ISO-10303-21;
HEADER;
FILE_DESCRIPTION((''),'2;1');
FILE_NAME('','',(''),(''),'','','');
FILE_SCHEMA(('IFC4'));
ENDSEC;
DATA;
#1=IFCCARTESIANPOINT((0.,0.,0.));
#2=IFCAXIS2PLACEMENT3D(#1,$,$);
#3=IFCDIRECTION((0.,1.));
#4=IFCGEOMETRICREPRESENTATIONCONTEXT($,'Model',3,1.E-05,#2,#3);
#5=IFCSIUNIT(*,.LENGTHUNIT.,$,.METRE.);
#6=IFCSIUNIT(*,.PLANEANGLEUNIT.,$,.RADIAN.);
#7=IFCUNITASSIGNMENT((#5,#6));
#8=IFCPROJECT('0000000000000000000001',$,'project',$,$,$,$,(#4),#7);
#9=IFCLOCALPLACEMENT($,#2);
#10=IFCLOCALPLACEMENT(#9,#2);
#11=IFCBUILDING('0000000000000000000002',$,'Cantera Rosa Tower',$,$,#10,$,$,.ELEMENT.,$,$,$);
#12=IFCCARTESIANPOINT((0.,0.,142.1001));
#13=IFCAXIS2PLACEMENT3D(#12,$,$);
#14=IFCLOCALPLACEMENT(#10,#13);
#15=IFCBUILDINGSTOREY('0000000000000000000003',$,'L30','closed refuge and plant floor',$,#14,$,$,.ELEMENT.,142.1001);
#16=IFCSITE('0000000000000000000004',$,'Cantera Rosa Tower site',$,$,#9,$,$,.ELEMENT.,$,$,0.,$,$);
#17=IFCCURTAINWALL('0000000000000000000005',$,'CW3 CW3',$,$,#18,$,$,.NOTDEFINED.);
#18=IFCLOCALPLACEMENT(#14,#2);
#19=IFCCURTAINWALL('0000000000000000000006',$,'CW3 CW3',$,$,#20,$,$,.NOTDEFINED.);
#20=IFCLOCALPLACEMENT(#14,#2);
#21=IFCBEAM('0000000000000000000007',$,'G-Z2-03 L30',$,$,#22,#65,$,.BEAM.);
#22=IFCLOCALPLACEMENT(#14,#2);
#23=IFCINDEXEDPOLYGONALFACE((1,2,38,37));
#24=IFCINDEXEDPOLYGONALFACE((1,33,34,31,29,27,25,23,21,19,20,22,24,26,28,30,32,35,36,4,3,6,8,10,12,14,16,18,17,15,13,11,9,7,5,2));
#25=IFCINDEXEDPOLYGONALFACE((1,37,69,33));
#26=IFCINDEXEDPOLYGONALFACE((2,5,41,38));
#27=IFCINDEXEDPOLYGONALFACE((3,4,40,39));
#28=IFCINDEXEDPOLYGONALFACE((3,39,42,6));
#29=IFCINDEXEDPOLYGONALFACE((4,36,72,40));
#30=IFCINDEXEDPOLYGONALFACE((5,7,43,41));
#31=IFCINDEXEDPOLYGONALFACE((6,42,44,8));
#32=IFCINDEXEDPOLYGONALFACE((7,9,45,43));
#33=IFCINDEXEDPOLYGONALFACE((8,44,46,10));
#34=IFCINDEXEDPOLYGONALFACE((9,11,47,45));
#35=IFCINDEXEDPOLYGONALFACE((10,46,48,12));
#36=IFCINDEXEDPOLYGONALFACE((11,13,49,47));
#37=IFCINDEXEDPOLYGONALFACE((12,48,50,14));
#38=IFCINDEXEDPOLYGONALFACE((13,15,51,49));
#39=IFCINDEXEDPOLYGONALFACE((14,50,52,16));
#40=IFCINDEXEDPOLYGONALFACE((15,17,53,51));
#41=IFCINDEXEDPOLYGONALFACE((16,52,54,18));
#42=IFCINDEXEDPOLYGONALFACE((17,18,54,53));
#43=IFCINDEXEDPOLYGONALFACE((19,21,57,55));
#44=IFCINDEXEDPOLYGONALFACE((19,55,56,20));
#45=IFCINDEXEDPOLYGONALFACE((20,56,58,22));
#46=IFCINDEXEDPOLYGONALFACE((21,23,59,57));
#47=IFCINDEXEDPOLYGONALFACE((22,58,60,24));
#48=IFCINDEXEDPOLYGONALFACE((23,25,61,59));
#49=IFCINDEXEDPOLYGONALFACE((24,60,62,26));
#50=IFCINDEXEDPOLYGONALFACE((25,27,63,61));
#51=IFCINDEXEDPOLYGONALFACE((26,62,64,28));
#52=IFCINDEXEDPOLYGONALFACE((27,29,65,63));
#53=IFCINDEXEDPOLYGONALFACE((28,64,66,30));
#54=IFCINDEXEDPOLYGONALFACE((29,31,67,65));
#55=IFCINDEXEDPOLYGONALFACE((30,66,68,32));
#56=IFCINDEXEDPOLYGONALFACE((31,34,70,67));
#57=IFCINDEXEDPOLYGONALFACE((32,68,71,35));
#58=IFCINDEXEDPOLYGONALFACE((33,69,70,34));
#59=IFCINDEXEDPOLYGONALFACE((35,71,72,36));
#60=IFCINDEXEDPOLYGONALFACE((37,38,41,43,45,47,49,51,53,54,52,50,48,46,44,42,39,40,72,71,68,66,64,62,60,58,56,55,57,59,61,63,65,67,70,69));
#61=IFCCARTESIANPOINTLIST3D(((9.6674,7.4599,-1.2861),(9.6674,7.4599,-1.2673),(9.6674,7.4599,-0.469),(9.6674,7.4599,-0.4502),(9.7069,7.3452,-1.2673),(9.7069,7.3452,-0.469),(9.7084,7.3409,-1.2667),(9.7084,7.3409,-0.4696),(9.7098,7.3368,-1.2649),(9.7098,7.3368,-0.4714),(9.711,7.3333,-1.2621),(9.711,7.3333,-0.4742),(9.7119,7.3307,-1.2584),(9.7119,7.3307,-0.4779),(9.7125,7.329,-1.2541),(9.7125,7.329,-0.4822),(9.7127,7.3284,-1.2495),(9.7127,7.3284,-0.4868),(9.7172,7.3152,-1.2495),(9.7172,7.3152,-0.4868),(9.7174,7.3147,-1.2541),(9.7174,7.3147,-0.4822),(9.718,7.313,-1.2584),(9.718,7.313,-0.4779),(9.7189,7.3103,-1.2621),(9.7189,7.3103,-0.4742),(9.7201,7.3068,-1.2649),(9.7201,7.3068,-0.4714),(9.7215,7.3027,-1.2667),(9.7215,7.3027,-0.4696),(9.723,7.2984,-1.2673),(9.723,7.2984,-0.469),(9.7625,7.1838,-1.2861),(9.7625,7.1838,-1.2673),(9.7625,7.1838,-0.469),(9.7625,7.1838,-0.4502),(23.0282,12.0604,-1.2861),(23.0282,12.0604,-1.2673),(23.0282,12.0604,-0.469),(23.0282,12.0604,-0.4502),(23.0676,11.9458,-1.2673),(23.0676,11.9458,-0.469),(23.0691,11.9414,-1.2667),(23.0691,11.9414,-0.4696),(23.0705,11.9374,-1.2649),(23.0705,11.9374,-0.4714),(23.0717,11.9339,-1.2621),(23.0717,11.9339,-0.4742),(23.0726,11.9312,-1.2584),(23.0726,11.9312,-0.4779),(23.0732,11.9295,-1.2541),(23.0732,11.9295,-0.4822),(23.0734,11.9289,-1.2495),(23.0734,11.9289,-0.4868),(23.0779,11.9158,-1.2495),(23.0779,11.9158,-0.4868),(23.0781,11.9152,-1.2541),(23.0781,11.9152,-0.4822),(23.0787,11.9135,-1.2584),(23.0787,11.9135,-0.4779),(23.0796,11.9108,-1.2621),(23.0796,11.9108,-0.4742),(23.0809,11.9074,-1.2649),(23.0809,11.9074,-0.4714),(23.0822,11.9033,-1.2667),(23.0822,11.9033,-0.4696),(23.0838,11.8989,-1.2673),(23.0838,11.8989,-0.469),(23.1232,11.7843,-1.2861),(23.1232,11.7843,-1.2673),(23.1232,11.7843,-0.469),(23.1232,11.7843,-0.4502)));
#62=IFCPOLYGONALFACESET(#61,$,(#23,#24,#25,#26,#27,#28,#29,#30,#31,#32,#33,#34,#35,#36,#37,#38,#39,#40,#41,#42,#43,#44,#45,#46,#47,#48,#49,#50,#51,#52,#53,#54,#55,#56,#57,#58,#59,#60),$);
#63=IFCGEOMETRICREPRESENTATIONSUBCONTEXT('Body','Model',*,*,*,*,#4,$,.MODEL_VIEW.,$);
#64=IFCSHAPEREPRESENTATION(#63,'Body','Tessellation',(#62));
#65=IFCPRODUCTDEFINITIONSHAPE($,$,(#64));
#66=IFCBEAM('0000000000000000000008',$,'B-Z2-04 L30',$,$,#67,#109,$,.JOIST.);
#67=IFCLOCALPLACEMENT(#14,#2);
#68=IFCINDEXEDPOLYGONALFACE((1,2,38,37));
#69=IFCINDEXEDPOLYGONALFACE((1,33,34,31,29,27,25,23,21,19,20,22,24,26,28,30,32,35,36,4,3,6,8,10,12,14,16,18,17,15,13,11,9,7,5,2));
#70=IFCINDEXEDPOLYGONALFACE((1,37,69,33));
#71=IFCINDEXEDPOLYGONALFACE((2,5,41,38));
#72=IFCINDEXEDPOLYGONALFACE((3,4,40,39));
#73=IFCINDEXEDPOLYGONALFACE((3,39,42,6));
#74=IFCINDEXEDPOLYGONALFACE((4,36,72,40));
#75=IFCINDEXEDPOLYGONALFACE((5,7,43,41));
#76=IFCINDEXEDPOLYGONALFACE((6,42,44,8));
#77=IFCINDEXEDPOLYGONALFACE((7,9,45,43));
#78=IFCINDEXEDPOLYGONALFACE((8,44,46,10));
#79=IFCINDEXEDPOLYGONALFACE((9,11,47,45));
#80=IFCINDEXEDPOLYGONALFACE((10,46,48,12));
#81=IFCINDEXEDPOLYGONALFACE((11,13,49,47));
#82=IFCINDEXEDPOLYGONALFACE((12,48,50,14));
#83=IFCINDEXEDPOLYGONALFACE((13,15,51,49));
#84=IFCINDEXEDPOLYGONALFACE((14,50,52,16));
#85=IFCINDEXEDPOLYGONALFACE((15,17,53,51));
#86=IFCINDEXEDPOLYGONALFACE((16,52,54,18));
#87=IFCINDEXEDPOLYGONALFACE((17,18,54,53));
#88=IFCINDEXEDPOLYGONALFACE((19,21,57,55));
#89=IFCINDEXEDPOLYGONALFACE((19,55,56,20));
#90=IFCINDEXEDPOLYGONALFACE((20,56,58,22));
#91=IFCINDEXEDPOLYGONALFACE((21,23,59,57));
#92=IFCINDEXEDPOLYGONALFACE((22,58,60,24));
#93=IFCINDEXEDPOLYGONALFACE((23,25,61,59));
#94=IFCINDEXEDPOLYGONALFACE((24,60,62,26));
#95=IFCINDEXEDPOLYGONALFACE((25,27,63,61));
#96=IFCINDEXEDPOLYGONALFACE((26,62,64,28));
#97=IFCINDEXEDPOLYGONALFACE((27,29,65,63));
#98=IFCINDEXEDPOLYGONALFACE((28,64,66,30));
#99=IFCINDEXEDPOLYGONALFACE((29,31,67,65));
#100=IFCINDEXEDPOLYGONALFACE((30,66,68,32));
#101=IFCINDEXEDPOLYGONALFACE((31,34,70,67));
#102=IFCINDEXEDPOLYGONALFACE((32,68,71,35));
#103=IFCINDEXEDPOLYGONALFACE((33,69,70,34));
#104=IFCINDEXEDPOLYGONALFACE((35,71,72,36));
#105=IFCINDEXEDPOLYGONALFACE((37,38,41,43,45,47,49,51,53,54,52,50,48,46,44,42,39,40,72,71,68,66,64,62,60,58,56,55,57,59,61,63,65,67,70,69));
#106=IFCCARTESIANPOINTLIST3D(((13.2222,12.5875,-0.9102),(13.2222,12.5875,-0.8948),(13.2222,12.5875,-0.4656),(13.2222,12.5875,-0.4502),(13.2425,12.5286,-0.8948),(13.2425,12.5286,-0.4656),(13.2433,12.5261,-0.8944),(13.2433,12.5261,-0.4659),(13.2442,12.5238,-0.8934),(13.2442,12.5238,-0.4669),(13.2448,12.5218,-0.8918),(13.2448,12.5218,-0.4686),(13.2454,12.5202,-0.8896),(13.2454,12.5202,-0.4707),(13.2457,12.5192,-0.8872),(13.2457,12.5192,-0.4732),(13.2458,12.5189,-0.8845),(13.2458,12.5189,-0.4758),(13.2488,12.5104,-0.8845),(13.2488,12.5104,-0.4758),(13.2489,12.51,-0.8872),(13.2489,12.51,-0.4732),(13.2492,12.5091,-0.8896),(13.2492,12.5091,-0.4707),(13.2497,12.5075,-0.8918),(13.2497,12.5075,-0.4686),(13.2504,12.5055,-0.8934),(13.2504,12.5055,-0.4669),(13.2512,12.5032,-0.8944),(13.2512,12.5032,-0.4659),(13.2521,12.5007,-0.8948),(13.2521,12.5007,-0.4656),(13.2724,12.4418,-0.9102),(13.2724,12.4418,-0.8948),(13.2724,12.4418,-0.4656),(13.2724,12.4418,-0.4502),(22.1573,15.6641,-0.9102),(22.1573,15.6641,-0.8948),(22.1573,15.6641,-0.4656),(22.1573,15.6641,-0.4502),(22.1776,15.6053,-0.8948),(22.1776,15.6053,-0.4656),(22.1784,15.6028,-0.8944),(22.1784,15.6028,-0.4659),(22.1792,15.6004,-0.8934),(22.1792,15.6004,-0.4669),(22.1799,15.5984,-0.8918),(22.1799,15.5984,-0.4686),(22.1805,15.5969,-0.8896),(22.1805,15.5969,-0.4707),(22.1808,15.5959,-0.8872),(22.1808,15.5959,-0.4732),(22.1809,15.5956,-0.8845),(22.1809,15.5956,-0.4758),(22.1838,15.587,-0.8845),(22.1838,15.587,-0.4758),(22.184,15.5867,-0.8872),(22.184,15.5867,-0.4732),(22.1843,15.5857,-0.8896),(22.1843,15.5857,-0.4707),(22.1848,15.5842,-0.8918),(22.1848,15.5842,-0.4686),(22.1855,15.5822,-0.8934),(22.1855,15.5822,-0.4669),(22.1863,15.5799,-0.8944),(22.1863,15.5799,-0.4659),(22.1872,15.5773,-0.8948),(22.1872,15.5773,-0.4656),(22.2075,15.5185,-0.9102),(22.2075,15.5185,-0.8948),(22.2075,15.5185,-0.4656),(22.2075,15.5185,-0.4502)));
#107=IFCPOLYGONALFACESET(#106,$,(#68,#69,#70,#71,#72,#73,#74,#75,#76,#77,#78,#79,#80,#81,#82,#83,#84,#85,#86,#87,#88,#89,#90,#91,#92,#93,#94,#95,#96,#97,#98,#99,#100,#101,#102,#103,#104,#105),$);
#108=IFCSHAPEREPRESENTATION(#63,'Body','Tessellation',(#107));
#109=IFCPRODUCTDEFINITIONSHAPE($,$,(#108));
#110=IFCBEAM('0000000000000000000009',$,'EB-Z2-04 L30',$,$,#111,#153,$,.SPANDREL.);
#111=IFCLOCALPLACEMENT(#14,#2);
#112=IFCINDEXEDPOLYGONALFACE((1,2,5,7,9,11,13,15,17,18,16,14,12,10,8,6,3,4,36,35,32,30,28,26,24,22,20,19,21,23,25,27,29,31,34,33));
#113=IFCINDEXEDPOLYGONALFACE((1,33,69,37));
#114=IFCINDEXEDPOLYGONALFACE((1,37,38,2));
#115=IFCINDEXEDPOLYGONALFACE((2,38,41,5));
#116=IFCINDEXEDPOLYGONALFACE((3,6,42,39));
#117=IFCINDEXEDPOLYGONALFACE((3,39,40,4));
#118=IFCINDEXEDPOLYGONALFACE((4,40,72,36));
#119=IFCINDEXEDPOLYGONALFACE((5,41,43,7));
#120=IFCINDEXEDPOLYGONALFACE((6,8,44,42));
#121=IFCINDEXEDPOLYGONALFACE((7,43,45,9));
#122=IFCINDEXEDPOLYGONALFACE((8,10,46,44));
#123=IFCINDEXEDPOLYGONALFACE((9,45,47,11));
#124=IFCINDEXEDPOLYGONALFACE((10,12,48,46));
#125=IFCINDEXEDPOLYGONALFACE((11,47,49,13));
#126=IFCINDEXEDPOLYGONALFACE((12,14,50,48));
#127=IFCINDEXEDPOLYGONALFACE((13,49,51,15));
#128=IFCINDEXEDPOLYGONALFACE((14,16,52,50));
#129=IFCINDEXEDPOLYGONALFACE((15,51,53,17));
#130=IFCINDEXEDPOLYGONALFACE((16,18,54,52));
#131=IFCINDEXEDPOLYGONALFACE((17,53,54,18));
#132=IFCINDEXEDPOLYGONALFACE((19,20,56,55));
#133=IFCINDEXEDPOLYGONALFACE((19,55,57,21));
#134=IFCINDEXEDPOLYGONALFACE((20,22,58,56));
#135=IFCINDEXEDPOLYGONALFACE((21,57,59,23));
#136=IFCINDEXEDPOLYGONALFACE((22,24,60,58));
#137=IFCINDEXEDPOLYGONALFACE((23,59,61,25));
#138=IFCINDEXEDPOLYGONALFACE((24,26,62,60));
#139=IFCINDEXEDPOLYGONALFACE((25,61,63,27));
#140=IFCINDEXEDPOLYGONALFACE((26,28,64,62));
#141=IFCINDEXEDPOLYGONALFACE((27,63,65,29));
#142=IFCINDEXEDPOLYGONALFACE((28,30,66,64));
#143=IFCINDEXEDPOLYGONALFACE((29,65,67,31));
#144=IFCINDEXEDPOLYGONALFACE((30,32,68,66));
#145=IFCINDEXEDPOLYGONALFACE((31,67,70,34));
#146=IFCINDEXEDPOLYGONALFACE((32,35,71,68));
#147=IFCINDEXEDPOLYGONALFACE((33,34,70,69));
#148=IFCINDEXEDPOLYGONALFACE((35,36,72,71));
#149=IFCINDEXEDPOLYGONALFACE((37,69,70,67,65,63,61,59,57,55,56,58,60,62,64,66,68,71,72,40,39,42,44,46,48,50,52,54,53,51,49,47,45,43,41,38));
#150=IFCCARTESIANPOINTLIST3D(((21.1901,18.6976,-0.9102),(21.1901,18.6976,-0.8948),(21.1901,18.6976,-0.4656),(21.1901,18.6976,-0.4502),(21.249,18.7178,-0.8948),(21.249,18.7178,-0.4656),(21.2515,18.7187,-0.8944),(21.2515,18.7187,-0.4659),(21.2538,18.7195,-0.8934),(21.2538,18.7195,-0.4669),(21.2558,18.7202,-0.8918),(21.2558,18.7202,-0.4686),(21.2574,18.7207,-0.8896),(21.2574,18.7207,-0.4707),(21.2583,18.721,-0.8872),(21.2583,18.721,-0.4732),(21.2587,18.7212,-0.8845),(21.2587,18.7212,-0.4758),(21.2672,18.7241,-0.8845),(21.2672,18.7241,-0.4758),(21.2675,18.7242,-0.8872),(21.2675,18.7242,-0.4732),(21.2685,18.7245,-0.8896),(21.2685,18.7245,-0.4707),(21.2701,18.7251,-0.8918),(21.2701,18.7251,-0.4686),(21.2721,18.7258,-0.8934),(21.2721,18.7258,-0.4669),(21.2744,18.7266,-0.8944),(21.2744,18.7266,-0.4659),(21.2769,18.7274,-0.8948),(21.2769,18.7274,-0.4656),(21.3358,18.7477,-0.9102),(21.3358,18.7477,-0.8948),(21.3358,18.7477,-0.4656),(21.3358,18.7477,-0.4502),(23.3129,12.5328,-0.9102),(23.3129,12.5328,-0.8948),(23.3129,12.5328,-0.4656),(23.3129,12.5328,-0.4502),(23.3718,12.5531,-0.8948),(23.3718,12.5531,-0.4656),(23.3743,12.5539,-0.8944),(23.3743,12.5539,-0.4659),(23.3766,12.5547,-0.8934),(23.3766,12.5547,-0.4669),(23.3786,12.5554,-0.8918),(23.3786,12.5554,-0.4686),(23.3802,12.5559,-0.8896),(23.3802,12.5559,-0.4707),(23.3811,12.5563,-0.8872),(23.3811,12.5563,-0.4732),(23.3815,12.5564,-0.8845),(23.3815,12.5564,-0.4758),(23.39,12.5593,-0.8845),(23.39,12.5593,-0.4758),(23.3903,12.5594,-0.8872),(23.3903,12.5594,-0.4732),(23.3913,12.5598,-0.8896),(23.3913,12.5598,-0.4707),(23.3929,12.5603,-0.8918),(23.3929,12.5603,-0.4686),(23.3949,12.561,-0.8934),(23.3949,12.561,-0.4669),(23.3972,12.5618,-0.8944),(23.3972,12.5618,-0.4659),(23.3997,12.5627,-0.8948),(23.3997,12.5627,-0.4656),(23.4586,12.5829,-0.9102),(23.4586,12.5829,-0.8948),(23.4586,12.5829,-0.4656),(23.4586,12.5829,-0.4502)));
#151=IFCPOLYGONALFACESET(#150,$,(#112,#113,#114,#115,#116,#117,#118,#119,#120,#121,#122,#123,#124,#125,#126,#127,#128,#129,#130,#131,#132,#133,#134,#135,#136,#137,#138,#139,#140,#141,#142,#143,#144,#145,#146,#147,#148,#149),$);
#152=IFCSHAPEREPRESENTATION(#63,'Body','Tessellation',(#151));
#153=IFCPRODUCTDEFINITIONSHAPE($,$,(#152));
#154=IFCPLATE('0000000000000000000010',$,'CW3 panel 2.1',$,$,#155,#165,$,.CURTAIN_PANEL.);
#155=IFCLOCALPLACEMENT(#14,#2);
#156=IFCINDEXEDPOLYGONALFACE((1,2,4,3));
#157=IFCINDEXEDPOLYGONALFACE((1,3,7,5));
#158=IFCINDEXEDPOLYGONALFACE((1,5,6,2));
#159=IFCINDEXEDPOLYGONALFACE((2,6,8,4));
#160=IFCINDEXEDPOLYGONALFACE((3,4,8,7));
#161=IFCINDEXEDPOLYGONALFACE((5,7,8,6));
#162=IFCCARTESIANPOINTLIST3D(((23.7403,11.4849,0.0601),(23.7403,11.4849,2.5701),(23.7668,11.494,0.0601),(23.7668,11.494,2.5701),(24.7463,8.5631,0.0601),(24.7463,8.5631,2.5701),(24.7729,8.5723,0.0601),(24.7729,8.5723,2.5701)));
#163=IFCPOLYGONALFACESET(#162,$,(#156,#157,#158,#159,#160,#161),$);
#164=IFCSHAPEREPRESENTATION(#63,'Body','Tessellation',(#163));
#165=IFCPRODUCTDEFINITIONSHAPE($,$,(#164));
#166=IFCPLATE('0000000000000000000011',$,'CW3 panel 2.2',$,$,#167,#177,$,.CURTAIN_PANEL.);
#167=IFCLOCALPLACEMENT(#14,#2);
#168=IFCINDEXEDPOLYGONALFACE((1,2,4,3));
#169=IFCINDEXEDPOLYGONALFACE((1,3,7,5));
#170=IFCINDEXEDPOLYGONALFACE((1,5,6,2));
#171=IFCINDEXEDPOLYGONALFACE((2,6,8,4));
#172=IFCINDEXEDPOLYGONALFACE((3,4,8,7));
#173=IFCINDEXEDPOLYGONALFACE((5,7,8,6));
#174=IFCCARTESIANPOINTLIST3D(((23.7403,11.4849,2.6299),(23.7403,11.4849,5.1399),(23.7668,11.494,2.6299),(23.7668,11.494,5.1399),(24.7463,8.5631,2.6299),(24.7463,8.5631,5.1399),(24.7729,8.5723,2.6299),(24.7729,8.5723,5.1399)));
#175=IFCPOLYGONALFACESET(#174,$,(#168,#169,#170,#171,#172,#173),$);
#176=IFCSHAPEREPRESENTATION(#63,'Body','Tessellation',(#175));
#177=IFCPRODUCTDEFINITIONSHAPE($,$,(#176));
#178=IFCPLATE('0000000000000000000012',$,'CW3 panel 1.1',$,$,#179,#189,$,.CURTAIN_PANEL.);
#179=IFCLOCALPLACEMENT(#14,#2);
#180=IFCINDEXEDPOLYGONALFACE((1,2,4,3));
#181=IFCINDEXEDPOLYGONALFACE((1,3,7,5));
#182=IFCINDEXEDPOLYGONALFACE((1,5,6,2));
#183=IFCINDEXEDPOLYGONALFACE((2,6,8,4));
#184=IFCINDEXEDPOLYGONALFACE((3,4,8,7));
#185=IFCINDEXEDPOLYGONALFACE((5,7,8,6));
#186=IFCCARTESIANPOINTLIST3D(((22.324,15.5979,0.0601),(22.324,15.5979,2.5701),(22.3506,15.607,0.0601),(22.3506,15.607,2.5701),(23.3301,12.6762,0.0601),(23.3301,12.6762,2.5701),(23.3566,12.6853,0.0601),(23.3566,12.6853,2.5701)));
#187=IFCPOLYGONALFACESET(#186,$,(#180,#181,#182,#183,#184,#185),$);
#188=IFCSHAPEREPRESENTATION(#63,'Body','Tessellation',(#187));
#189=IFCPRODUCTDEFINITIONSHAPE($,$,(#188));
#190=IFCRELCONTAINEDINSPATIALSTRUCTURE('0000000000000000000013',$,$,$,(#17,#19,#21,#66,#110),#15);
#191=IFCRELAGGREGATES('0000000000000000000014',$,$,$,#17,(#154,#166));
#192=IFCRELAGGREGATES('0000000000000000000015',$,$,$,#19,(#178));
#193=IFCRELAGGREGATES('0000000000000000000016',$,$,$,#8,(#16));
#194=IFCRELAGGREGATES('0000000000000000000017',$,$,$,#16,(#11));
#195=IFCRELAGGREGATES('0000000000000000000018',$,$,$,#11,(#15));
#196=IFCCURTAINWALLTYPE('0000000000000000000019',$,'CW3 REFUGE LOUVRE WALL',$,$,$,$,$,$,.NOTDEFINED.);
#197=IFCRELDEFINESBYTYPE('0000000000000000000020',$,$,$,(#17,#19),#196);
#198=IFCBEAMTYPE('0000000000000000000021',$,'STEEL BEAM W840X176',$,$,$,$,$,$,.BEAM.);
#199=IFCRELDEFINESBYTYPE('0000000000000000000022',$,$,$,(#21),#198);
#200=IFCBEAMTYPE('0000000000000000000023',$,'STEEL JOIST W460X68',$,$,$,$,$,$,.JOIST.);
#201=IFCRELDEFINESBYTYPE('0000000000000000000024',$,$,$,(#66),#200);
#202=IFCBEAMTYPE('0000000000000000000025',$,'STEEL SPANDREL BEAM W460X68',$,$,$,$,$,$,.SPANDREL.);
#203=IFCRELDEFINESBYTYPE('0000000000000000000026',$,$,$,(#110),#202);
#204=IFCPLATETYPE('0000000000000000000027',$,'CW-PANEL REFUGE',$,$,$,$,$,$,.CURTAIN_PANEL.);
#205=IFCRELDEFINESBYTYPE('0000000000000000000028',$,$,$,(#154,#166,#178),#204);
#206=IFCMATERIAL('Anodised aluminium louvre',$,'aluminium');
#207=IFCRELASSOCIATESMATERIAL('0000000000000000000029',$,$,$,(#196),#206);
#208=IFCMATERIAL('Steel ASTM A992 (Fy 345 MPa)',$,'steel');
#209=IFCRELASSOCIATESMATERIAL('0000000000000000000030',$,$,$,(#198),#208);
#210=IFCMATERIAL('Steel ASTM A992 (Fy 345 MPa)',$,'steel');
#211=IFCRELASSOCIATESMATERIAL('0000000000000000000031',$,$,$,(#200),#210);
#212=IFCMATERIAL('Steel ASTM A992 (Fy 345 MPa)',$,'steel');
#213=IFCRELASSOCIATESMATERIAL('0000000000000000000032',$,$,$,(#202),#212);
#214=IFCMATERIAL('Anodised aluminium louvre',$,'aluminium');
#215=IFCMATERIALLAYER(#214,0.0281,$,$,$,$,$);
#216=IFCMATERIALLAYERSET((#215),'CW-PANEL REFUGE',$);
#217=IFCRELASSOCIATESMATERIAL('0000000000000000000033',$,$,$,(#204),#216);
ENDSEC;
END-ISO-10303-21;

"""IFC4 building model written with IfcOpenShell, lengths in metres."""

from ifc_helpers import new_model, si_unit, direction, frame, origin, origin_2d, place, context, subcontext, project, spatial, rectangle, i_section, extrude, material, layer, layer_set, material_profile, profile_set, type_object, element, aggregate, save


model = new_model("IFC4")

# Units and contexts
model_context = context("Model", 3, precision=1e-05, world=origin(), true_north=direction((0.0, 1.0)))
body_context = subcontext(model_context, "Body", "Model", "MODEL_VIEW")
ifc_project = project(units=[si_unit("LENGTHUNIT", "METRE"), si_unit("PLANEANGLEUNIT", "RADIAN")], contexts=[model_context])

# Site, building, storey
site_placement = place(None, origin())
site = spatial("IfcSite", under=ifc_project, at=site_placement, Name="Cantera Rosa Tower site", CompositionType="ELEMENT", RefElevation=0.0)
building_placement = place(site_placement, origin())
building = spatial("IfcBuilding", under=site, at=building_placement, Name="Cantera Rosa Tower", CompositionType="ELEMENT")
storey_placement = place(building_placement, frame((0.0, 0.0, 142.1001)))
storey = spatial("IfcBuildingStorey", under=building, at=storey_placement, Name="L30", Description="closed refuge and plant floor", CompositionType="ELEMENT", Elevation=142.1001)

# Curtain walls
ifc_material_1 = material(Name="Anodised aluminium louvre", Category="aluminium")
curtain_wall_type = type_object("IfcCurtainWallType", Name="CW3 REFUGE LOUVRE WALL", PredefinedType="NOTDEFINED", material=ifc_material_1)
curtain_wall_1_placement = place(storey_placement, origin())
curtain_wall_1 = element("IfcCurtainWall", 1, at=curtain_wall_1_placement, inside=storey, type_object=curtain_wall_type, Name="CW3 CW3", PredefinedType="NOTDEFINED")
curtain_wall_2_placement = place(storey_placement, origin())
curtain_wall_2 = element("IfcCurtainWall", 2, at=curtain_wall_2_placement, inside=storey, type_object=curtain_wall_type, Name="CW3 CW3", PredefinedType="NOTDEFINED")

# Beams
ifc_material_2 = material(Name="Steel ASTM A992 (Fy 345 MPa)", Category="steel")
ifc_material_profile_1 = material_profile(ifc_material_2, i_section(OverallWidth=0.292, OverallDepth=0.8359, WebThickness=0.0139, FlangeThickness=0.0188, FilletRadius=0.0178, at=origin_2d()), Name="W840X176")
ifc_profile_set_1 = profile_set([ifc_material_profile_1], Name="Steel ASTM A992 (Fy 345 MPa)")
beam_type_1 = type_object("IfcBeamType", Name="STEEL BEAM W840X176", PredefinedType="BEAM", material=ifc_profile_set_1)
beam_1_placement = place(storey_placement, frame((23.0757, 11.9224, -0.8682), z_axis=(-0.945517, -0.325573, 0.0), x_axis=(0.325573, -0.945517, 0.0)))
element("IfcBeam", 3, at=beam_1_placement, inside=storey, type_object=beam_type_1, Name="G-Z2-03 L30", PredefinedType="BEAM", context=body_context, shape_type="SweptSolid", body=[
    extrude(i_section(OverallWidth=0.292, OverallDepth=0.8359, WebThickness=0.0139, FlangeThickness=0.0188, FilletRadius=0.0178, at=origin_2d()), origin(), (0.0, 0.0, 1.0), 14.1306),
])
ifc_material_3 = material(Name="Steel ASTM A992 (Fy 345 MPa)", Category="steel")
ifc_material_profile_2 = material_profile(ifc_material_3, i_section(OverallWidth=0.1541, OverallDepth=0.46, WebThickness=0.009, FlangeThickness=0.0154, FilletRadius=0.0103, at=origin_2d()), Name="W460X68")
ifc_profile_set_2 = profile_set([ifc_material_profile_2], Name="Steel ASTM A992 (Fy 345 MPa)")
beam_type_2 = type_object("IfcBeamType", Name="STEEL JOIST W460X68", PredefinedType="JOIST", material=ifc_profile_set_2)
beam_2_placement = place(storey_placement, frame((22.1824, 15.5913, -0.6802), z_axis=(-0.945516, -0.325575, 0.0), x_axis=(0.325575, -0.945516, 0.0)))
element("IfcBeam", 4, at=beam_2_placement, inside=storey, type_object=beam_type_2, Name="B-Z2-04 L30", PredefinedType="JOIST", context=body_context, shape_type="SweptSolid", body=[
    extrude(i_section(OverallWidth=0.1541, OverallDepth=0.46, WebThickness=0.009, FlangeThickness=0.0154, FilletRadius=0.0103, at=origin_2d()), origin(), (0.0, 0.0, 1.0), 9.45),
])
ifc_material_4 = material(Name="Steel ASTM A992 (Fy 345 MPa)", Category="steel")
ifc_material_profile_3 = material_profile(ifc_material_4, i_section(OverallWidth=0.1541, OverallDepth=0.46, WebThickness=0.009, FlangeThickness=0.0154, FilletRadius=0.0103, at=origin_2d()), Name="W460X68")
ifc_profile_set_3 = profile_set([ifc_material_profile_3], Name="Steel ASTM A992 (Fy 345 MPa)")
beam_type_3 = type_object("IfcBeamType", Name="STEEL SPANDREL BEAM W460X68", PredefinedType="SPANDREL", material=ifc_profile_set_3)
beam_3_placement = place(storey_placement, frame((23.3857, 12.5579, -0.6802), z_axis=(-0.325581, 0.945514, 0.0), x_axis=(-0.945514, -0.325581, 0.0)))
element("IfcBeam", 5, at=beam_3_placement, inside=storey, type_object=beam_type_3, Name="EB-Z2-04 L30", PredefinedType="SPANDREL", context=body_context, shape_type="SweptSolid", body=[
    extrude(i_section(OverallWidth=0.1541, OverallDepth=0.46, WebThickness=0.009, FlangeThickness=0.0154, FilletRadius=0.0103, at=origin_2d()), origin(), (0.0, 0.0, 1.0), 6.52),
])

# Plates
ifc_material_5 = material(Name="Anodised aluminium louvre", Category="aluminium")
ifc_layer_1 = layer(ifc_material_5, 0.0281)
ifc_layer_set_1 = layer_set([ifc_layer_1], Name="CW-PANEL REFUGE")
plate_type = type_object("IfcPlateType", Name="CW-PANEL REFUGE", PredefinedType="CURTAIN_PANEL", material=ifc_layer_set_1)
plate_1_placement = place(storey_placement, frame((24.2566, 10.0286, 0.0601), z_axis=(0.0, 0.0, 1.0), x_axis=(-0.325568, 0.945519, 0.0)))
plate_1 = element("IfcPlate", 6, at=plate_1_placement, type_object=plate_type, Name="CW3 panel 2.1", PredefinedType="CURTAIN_PANEL", context=body_context, shape_type="SweptSolid", body=[
    extrude(rectangle(XDim=3.0901, YDim=0.0281, at=origin_2d()), origin(), (0.0, 0.0, 1.0), 2.51),
])
plate_2_placement = place(storey_placement, frame((24.2566, 10.0286, 2.6299), z_axis=(0.0, 0.0, 1.0), x_axis=(-0.325568, 0.945519, 0.0)))
plate_2 = element("IfcPlate", 7, at=plate_2_placement, type_object=plate_type, Name="CW3 panel 2.2", PredefinedType="CURTAIN_PANEL", context=body_context, shape_type="SweptSolid", body=[
    extrude(rectangle(XDim=3.0901, YDim=0.0281, at=origin_2d()), origin(), (0.0, 0.0, 1.0), 2.51),
])
aggregate(curtain_wall_1, [plate_1, plate_2])
plate_3_placement = place(storey_placement, frame((22.8403, 14.1416, 0.0601), z_axis=(0.0, 0.0, 1.0), x_axis=(-0.325568, 0.945519, 0.0)))
plate_3 = element("IfcPlate", 8, at=plate_3_placement, type_object=plate_type, Name="CW3 panel 1.1", PredefinedType="CURTAIN_PANEL", context=body_context, shape_type="SweptSolid", body=[
    extrude(rectangle(XDim=3.0901, YDim=0.0281, at=origin_2d()), origin(), (0.0, 0.0, 1.0), 2.51),
])
aggregate(curtain_wall_2, [plate_3])

save(model, "model.ifc")
